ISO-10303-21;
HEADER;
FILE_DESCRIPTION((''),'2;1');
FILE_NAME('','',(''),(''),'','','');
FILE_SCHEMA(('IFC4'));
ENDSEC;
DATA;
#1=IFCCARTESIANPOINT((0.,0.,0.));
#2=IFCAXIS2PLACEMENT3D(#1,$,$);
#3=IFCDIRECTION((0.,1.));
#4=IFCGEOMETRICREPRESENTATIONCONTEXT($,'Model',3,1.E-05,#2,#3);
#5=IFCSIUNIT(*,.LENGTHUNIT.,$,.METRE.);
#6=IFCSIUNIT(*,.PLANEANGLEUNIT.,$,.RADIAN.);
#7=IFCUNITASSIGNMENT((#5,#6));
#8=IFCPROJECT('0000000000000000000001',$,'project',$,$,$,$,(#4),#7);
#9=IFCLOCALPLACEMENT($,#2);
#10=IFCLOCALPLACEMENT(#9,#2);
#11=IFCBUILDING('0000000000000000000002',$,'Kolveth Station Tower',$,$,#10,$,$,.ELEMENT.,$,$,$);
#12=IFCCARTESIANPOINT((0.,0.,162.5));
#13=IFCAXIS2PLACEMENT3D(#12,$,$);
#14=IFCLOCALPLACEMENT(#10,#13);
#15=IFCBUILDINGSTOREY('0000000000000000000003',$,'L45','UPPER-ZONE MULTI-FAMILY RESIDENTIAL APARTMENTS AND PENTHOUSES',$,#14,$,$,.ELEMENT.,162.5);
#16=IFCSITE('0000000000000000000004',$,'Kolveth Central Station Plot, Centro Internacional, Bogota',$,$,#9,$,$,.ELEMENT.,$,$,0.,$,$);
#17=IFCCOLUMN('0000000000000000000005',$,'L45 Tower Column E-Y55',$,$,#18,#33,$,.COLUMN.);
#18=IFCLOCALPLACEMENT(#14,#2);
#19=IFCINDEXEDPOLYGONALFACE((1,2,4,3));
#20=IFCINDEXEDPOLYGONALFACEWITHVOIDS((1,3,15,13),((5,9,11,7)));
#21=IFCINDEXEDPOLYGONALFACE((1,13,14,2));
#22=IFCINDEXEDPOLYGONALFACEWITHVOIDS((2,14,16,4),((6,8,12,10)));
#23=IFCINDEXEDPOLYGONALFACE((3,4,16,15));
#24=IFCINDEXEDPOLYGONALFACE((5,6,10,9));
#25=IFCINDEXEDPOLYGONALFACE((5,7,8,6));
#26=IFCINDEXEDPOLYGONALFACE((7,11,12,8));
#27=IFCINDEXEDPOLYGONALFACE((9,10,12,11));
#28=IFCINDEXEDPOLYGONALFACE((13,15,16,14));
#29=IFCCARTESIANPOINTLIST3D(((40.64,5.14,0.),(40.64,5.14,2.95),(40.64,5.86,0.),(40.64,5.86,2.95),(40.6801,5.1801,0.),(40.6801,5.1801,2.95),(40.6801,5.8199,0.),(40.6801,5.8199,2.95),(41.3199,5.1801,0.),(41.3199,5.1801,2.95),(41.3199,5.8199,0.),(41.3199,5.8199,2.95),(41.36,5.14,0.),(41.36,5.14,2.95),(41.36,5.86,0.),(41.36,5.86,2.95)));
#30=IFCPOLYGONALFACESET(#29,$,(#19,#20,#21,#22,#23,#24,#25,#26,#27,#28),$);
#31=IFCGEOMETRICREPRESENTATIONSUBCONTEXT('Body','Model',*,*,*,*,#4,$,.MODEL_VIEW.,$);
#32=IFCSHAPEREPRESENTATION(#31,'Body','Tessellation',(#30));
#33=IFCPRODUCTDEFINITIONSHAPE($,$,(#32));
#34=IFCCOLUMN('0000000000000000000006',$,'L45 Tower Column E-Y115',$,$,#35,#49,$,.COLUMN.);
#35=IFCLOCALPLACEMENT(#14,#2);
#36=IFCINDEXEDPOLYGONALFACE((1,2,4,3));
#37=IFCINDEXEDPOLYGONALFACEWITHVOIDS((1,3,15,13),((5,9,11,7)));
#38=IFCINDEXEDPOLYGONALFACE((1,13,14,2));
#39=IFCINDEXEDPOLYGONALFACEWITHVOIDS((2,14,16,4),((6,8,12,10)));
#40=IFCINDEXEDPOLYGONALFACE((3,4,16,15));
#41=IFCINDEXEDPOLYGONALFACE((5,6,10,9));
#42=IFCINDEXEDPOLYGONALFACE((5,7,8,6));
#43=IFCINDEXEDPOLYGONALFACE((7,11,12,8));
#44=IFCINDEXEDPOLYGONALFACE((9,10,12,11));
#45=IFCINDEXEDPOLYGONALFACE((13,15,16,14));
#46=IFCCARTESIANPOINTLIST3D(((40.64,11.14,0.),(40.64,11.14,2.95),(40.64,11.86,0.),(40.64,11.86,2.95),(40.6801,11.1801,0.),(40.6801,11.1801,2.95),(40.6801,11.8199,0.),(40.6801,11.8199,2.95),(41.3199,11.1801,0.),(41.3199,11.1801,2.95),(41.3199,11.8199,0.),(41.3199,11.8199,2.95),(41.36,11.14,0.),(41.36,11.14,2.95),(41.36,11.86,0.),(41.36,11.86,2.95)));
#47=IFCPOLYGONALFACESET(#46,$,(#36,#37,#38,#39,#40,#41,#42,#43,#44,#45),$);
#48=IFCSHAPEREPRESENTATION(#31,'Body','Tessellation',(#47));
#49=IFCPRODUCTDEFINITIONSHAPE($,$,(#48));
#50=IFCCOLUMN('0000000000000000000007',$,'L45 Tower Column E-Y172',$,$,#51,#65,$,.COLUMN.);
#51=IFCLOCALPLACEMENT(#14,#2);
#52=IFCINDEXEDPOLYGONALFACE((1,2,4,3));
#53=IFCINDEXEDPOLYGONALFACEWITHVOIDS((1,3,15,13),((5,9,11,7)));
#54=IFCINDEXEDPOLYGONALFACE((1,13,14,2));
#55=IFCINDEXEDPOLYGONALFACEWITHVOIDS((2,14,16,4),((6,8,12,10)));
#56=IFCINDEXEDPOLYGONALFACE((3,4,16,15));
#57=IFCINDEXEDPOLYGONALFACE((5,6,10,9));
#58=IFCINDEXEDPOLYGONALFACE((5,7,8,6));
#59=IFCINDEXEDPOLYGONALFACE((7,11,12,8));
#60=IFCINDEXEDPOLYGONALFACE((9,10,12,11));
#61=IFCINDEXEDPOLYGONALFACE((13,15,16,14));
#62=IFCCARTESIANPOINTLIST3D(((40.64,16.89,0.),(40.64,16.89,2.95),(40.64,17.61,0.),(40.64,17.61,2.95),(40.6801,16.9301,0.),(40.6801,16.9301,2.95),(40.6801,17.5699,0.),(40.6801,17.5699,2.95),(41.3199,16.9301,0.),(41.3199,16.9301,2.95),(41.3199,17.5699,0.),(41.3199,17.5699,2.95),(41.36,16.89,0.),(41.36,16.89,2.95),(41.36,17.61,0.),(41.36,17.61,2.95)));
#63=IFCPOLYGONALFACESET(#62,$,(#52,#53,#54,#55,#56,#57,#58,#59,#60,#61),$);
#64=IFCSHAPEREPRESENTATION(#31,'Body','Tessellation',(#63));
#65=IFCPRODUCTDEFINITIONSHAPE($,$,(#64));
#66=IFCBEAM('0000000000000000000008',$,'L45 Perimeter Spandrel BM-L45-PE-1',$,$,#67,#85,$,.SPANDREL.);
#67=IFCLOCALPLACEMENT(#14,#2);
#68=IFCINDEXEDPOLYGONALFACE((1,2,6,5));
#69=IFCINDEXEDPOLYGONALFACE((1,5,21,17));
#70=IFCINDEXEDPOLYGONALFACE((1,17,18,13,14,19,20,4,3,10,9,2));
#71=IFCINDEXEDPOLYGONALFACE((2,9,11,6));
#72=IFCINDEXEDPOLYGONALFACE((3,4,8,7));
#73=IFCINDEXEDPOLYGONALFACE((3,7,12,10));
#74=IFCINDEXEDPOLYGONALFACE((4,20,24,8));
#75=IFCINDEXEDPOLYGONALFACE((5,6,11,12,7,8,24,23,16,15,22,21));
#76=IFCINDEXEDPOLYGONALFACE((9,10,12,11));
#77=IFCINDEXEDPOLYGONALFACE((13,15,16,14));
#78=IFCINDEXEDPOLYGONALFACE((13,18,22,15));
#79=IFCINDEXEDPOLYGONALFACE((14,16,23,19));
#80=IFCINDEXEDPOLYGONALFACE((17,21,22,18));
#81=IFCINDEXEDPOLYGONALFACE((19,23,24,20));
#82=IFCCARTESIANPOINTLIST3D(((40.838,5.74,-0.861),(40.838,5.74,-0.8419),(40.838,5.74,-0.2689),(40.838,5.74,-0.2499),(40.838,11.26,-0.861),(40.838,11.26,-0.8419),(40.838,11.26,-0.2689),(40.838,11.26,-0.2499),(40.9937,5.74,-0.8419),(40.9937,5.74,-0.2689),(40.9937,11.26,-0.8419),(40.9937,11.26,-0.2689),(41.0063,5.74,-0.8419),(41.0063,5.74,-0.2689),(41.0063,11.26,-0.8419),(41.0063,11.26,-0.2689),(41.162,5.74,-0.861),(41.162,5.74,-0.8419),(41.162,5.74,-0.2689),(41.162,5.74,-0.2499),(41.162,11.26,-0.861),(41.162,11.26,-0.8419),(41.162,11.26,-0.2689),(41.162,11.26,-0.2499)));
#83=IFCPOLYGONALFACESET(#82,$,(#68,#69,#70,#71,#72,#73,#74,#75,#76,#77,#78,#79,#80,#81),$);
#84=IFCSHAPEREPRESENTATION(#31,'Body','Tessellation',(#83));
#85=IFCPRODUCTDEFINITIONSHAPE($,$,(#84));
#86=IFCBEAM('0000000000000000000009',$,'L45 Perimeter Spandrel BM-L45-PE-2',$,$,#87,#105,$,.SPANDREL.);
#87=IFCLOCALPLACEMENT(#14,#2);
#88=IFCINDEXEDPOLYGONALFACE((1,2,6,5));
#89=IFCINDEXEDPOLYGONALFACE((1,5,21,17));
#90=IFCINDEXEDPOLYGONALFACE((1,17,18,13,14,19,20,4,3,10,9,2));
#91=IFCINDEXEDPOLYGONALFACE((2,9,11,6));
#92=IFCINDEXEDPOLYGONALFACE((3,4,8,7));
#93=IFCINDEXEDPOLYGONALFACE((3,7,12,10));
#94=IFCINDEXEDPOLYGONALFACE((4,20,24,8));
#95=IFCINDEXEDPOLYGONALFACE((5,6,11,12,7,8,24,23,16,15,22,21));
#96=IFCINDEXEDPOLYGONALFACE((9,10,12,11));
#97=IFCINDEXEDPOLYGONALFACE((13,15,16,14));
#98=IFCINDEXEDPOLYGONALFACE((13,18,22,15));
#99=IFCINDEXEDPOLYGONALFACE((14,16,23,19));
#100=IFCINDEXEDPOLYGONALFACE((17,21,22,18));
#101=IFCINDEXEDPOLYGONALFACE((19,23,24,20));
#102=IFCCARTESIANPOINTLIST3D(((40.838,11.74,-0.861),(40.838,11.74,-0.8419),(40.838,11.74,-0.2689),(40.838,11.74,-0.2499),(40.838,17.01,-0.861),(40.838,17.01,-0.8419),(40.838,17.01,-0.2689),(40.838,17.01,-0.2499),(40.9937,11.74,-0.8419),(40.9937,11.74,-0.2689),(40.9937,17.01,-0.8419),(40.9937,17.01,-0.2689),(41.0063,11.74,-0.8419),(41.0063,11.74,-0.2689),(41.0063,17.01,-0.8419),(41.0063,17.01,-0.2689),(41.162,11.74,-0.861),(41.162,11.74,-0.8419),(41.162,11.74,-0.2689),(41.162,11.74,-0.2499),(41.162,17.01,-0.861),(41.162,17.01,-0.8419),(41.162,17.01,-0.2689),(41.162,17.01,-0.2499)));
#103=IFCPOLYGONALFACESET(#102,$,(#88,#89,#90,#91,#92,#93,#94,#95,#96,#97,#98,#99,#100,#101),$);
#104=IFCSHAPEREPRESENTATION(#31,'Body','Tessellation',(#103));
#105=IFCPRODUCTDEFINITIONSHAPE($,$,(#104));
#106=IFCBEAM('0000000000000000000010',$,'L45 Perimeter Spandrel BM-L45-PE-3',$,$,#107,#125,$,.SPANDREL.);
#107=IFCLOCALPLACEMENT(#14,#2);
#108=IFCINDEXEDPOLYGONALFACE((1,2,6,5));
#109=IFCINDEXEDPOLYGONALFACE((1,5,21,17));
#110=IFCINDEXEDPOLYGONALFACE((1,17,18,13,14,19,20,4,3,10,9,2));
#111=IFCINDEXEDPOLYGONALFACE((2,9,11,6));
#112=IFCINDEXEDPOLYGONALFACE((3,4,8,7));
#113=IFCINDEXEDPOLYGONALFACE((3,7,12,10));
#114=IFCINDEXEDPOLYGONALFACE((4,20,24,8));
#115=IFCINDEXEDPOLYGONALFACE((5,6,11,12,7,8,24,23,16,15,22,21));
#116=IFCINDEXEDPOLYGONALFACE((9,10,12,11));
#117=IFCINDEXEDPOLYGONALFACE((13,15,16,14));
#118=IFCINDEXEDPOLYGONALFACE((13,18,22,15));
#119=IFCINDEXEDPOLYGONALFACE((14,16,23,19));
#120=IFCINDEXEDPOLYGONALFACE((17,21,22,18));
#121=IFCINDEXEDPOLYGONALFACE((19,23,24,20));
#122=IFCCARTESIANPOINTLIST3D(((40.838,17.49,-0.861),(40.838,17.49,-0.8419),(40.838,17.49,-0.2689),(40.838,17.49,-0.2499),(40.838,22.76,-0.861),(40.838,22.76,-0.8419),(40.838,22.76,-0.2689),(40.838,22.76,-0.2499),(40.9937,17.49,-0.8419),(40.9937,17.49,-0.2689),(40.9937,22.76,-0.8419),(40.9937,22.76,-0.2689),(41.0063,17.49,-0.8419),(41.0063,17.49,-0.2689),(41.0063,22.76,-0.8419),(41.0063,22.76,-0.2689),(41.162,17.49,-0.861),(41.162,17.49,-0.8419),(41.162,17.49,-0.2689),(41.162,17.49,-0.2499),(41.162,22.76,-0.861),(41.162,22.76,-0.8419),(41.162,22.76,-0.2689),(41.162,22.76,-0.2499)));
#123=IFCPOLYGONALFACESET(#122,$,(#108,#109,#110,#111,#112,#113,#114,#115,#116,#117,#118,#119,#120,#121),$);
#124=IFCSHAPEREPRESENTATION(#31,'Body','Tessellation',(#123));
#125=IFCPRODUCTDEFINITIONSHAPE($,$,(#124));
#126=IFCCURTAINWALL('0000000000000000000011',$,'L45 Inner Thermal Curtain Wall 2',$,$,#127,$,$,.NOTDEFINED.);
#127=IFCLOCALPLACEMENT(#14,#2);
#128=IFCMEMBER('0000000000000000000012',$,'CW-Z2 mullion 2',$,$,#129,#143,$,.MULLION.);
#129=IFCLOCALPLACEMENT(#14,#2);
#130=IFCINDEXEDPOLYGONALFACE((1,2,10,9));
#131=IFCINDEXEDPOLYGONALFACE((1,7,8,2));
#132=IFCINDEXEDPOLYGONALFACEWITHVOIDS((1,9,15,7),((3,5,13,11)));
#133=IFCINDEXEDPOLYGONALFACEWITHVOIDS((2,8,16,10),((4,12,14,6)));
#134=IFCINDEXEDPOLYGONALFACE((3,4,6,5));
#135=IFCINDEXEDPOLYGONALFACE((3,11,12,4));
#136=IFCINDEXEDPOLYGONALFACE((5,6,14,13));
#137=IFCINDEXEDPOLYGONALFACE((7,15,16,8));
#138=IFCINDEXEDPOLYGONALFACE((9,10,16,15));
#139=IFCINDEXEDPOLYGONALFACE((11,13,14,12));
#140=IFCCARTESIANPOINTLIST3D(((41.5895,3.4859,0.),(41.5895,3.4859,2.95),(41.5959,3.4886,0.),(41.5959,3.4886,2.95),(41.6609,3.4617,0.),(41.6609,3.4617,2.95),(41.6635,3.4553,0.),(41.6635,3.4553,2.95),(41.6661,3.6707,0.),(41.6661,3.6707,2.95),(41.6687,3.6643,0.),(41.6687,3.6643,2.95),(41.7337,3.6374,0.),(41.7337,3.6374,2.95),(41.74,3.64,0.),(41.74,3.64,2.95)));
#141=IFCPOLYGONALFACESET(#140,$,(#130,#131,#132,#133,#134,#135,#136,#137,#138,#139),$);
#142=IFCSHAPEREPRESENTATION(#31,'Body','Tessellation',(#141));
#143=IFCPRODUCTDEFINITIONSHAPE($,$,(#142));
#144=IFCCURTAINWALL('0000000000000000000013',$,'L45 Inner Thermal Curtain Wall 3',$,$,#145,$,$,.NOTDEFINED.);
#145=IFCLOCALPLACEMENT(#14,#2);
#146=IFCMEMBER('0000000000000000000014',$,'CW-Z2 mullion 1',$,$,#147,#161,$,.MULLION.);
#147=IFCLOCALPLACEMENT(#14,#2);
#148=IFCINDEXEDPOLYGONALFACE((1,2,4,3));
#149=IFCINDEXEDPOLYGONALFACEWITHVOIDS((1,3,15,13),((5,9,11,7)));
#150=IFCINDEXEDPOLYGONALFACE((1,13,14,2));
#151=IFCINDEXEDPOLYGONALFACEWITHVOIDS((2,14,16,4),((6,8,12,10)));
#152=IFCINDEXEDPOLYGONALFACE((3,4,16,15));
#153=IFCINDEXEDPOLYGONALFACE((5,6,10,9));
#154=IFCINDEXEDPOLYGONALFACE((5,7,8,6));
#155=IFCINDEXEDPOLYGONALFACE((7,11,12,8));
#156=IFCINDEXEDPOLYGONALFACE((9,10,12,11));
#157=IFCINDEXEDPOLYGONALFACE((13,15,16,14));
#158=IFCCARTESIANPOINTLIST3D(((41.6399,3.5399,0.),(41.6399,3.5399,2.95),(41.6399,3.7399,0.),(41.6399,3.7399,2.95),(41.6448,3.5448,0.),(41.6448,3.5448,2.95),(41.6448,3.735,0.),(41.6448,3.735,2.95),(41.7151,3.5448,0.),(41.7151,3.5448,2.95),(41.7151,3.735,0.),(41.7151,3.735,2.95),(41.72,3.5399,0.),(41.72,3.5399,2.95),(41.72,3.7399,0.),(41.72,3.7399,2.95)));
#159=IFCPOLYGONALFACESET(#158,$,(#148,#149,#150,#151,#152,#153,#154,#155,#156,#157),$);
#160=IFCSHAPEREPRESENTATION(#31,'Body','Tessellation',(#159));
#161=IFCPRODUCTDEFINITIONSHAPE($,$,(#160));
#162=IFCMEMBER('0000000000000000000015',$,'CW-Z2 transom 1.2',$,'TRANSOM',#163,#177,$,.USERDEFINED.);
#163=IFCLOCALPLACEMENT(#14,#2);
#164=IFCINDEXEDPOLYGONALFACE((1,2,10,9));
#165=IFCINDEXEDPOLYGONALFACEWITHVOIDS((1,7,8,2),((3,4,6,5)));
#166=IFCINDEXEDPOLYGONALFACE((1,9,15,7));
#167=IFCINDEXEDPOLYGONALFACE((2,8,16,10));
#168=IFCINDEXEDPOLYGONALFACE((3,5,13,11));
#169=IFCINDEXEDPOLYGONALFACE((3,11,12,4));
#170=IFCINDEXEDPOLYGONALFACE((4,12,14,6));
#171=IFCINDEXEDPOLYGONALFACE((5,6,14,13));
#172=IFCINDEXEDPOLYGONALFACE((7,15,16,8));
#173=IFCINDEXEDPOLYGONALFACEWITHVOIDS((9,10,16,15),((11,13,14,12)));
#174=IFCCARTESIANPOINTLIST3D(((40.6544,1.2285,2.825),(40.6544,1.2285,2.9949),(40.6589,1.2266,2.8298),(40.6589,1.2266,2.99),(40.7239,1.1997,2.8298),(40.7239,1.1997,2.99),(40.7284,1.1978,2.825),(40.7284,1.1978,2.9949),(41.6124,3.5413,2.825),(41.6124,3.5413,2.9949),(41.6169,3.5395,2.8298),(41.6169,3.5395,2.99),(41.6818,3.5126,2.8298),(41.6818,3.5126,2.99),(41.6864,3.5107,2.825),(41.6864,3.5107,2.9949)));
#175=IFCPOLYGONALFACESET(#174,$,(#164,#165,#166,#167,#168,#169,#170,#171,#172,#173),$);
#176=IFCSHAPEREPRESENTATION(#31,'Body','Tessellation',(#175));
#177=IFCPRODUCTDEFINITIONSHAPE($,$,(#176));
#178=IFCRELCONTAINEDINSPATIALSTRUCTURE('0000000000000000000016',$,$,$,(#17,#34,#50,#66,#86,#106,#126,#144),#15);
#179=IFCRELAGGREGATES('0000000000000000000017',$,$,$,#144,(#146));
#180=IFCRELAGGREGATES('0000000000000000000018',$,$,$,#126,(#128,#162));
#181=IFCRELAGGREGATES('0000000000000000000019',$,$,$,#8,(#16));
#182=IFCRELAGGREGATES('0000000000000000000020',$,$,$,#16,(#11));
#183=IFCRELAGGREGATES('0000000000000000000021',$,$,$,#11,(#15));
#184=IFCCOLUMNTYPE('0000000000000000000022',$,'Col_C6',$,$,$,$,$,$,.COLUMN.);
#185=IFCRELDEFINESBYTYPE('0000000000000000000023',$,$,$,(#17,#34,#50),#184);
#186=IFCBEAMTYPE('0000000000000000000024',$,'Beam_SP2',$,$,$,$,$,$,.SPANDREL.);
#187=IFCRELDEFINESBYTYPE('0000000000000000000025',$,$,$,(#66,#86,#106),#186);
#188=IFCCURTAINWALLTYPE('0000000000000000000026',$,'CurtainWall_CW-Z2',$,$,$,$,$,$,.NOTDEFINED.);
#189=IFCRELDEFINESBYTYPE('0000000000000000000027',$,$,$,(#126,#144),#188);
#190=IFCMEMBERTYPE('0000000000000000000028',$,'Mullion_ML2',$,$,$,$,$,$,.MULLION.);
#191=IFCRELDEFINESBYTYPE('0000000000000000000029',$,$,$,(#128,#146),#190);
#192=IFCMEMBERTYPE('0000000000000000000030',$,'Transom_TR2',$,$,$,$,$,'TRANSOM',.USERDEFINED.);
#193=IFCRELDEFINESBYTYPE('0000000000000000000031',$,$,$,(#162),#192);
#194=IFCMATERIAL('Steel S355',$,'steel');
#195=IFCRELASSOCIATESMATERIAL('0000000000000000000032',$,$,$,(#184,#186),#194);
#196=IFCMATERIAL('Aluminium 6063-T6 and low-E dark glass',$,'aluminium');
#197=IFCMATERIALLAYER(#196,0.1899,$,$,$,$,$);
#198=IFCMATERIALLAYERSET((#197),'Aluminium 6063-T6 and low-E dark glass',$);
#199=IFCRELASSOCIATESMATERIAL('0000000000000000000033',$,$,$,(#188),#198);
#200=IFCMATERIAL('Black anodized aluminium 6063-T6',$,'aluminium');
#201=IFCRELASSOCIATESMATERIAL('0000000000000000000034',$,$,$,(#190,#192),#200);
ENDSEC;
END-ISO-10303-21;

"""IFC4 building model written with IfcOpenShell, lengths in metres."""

from ifc_helpers import new_model, si_unit, direction, frame, origin, origin_2d, place, context, subcontext, project, spatial, hollow_rectangle, i_section, extrude, source, transform, mapped, material, layer, layer_set, material_profile, profile_set, type_object, element, aggregate, save


model = new_model("IFC4")

# Units and contexts
model_context = context("Model", 3, precision=1e-05, world=origin(), true_north=direction((0.0, 1.0)))
body_context = subcontext(model_context, "Body", "Model", "MODEL_VIEW")
ifc_project = project(units=[si_unit("LENGTHUNIT", "METRE"), si_unit("PLANEANGLEUNIT", "RADIAN")], contexts=[model_context])

# Site, building, storey
site_placement = place(None, origin())
site = spatial("IfcSite", under=ifc_project, at=site_placement, Name="Kolveth Central Station Plot, Centro Internacional, Bogota", CompositionType="ELEMENT", RefElevation=0.0)
building_placement = place(site_placement, origin())
building = spatial("IfcBuilding", under=site, at=building_placement, Name="Kolveth Station Tower", CompositionType="ELEMENT")
storey_placement = place(building_placement, frame((0.0, 0.0, 162.5)))
storey = spatial("IfcBuildingStorey", under=building, at=storey_placement, Name="L45", Description="UPPER-ZONE MULTI-FAMILY RESIDENTIAL APARTMENTS AND PENTHOUSES", CompositionType="ELEMENT", Elevation=162.5)

# Columns
ifc_material_1 = material(Name="Steel S355", Category="steel")
ifc_material_profile_1 = material_profile(ifc_material_1, hollow_rectangle(XDim=0.72, YDim=0.72, WallThickness=0.04, at=origin_2d()), Name="BOX720x720x40")
ifc_profile_set_1 = profile_set([ifc_material_profile_1], Name="Steel S355")
column_type = type_object("IfcColumnType", Name="Col_C6", PredefinedType="COLUMN", material=ifc_profile_set_1)
shared_shape_1 = source(origin(), body_context, "Body", "SweptSolid", [
    extrude(hollow_rectangle(XDim=0.72, YDim=0.72, WallThickness=0.04, at=origin_2d()), origin(), (0.0, 0.0, 1.0), 2.95),
])
for number, where, z_axis, x_axis, name in (
    (1, (41.0, 5.5, 0.0), (0.0, 0.0, 1.0), (1.0, 0.0, 0.0), "L45 Tower Column E-Y55"),
    (2, (41.0, 11.5, 0.0), (0.0, 0.0, 1.0), (1.0, 0.0, 0.0), "L45 Tower Column E-Y115"),
    (3, (41.0, 17.25, 0.0), (0.0, 0.0, 1.0), (1.0, 0.0, 0.0), "L45 Tower Column E-Y172"),
):
    element("IfcColumn", number, at=place(storey_placement, frame(where, z_axis=z_axis, x_axis=x_axis)), inside=storey, type_object=column_type, Name=name, PredefinedType="COLUMN", context=body_context, shape_type="MappedRepresentation", body=[
        mapped(shared_shape_1, transform((0.0, 0.0, 0.0), x_axis=(1.0, 0.0, 0.0), y_axis=(0.0, 1.0, 0.0), z_axis=(0.0, 0.0, 1.0), scale=1.0)),
    ])

# Beams
ifc_material_profile_2 = material_profile(ifc_material_1, i_section(OverallWidth=0.324, OverallDepth=0.6111, WebThickness=0.0127, FlangeThickness=0.019, at=origin_2d()), Name="W610x155")
ifc_profile_set_2 = profile_set([ifc_material_profile_2], Name="Steel S355")
beam_type = type_object("IfcBeamType", Name="Beam_SP2", PredefinedType="SPANDREL", material=ifc_profile_set_2)
shared_shape_2 = source(origin(), body_context, "Body", "SweptSolid", [
    extrude(i_section(OverallWidth=0.324, OverallDepth=0.6111, WebThickness=0.0127, FlangeThickness=0.019, at=origin_2d()), origin(), (0.0, 0.0, 1.0), 5.52),
])
beam_placement = place(storey_placement, frame((41.0, 5.74, -0.5554), z_axis=(0.0, 1.0, 0.0), x_axis=(-1.0, 0.0, 0.0)))
element("IfcBeam", 4, at=beam_placement, inside=storey, type_object=beam_type, Name="L45 Perimeter Spandrel BM-L45-PE-1", PredefinedType="SPANDREL", context=body_context, shape_type="MappedRepresentation", body=[
    mapped(shared_shape_2, transform((0.0, 0.0, 0.0), x_axis=(1.0, 0.0, 0.0), y_axis=(0.0, 1.0, 0.0), z_axis=(0.0, 0.0, 1.0), scale=1.0)),
])
shared_shape_3 = source(origin(), body_context, "Body", "SweptSolid", [
    extrude(i_section(OverallWidth=0.324, OverallDepth=0.6111, WebThickness=0.0127, FlangeThickness=0.019, at=origin_2d()), origin(), (0.0, 0.0, 1.0), 5.27),
])
for number, where, z_axis, x_axis, name in (
    (5, (41.0, 11.74, -0.5554), (0.0, 1.0, 0.0), (-1.0, 0.0, 0.0), "L45 Perimeter Spandrel BM-L45-PE-2"),
    (6, (41.0, 17.49, -0.5554), (0.0, 1.0, 0.0), (-1.0, 0.0, 0.0), "L45 Perimeter Spandrel BM-L45-PE-3"),
):
    element("IfcBeam", number, at=place(storey_placement, frame(where, z_axis=z_axis, x_axis=x_axis)), inside=storey, type_object=beam_type, Name=name, PredefinedType="SPANDREL", context=body_context, shape_type="MappedRepresentation", body=[
        mapped(shared_shape_3, transform((0.0, 0.0, 0.0), x_axis=(1.0, 0.0, 0.0), y_axis=(0.0, 1.0, 0.0), z_axis=(0.0, 0.0, 1.0), scale=1.0)),
    ])

# Curtain walls, members
ifc_material_2 = material(Name="Aluminium 6063-T6 and low-E dark glass", Category="aluminium")
ifc_layer_1 = layer(ifc_material_2, 0.1899)
ifc_layer_set_1 = layer_set([ifc_layer_1], Name="Aluminium 6063-T6 and low-E dark glass")
curtain_wall_type_1 = type_object("IfcCurtainWallType", Name="CurtainWall_CW-Z2", PredefinedType="NOTDEFINED", material=ifc_layer_set_1)
curtain_wall_1_placement = place(storey_placement, origin())
curtain_wall_1 = element("IfcCurtainWall", 7, at=curtain_wall_1_placement, inside=storey, type_object=curtain_wall_type_1, Name="L45 Inner Thermal Curtain Wall 2", PredefinedType="NOTDEFINED")
ifc_material_3 = material(Name="Black anodized aluminium 6063-T6", Category="aluminium")
ifc_material_profile_3 = material_profile(ifc_material_3, hollow_rectangle(XDim=0.0801, YDim=0.2, WallThickness=0.0049, at=origin_2d()), Name="ALU-80x200x5")
ifc_profile_set_3 = profile_set([ifc_material_profile_3], Name="Black anodized aluminium 6063-T6")
member_type_1 = type_object("IfcMemberType", Name="Mullion_ML2", PredefinedType="MULLION", material=ifc_profile_set_3)
shared_shape_4 = source(origin(), body_context, "Body", "SweptSolid", [
    extrude(hollow_rectangle(XDim=0.0801, YDim=0.2, WallThickness=0.0049, at=origin_2d()), origin(), (0.0, 0.0, 1.0), 2.95),
])
member_1_placement = place(storey_placement, frame((41.6648, 3.563, 0.0), z_axis=(0.0, 0.0, 1.0), x_axis=(-0.923874, 0.382698, 0.0)))
member_1 = element("IfcMember", 8, at=member_1_placement, type_object=member_type_1, Name="CW-Z2 mullion 2", PredefinedType="MULLION", context=body_context, shape_type="MappedRepresentation", body=[
    mapped(shared_shape_4, transform((0.0, 0.0, 0.0), x_axis=(1.0, 0.0, 0.0), y_axis=(0.0, 1.0, 0.0), z_axis=(0.0, 0.0, 1.0), scale=1.0)),
])
curtain_wall_2_placement = place(storey_placement, origin())
curtain_wall_2 = element("IfcCurtainWall", 9, at=curtain_wall_2_placement, inside=storey, type_object=curtain_wall_type_1, Name="L45 Inner Thermal Curtain Wall 3", PredefinedType="NOTDEFINED")
member_2_placement = place(storey_placement, frame((41.6799, 3.6399, 0.0), z_axis=(0.0, 0.0, 1.0), x_axis=(-1.0, 0.0, 0.0)))
member_2 = element("IfcMember", 10, at=member_2_placement, type_object=member_type_1, Name="CW-Z2 mullion 1", PredefinedType="MULLION", context=body_context, shape_type="MappedRepresentation", body=[
    mapped(shared_shape_4, transform((0.0, 0.0, 0.0), x_axis=(1.0, 0.0, 0.0), y_axis=(0.0, 1.0, 0.0), z_axis=(0.0, 0.0, 1.0), scale=1.0)),
])

# Member
ifc_material_profile_4 = material_profile(ifc_material_3, hollow_rectangle(XDim=0.0801, YDim=0.1699, WallThickness=0.0049, at=origin_2d()), Name="ALU-80x170x5")
ifc_profile_set_4 = profile_set([ifc_material_profile_4], Name="Black anodized aluminium 6063-T6")
member_type_2 = type_object("IfcMemberType", Name="Transom_TR2", ElementType="TRANSOM", PredefinedType="USERDEFINED", material=ifc_profile_set_4)
shared_shape_5 = source(origin(), body_context, "Body", "SweptSolid", [
    extrude(hollow_rectangle(XDim=0.0801, YDim=0.1699, WallThickness=0.0049, at=origin_2d()), origin(), (0.0, 0.0, 1.0), 2.5034),
])
member_3_placement = place(storey_placement, frame((40.6914, 1.2131, 2.9099), z_axis=(0.382662, 0.923888, 0.0), x_axis=(-0.923888, 0.382662, 0.0)))
member_3 = element("IfcMember", 11, at=member_3_placement, type_object=member_type_2, Name="CW-Z2 transom 1.2", ObjectType="TRANSOM", PredefinedType="USERDEFINED", context=body_context, shape_type="MappedRepresentation", body=[
    mapped(shared_shape_5, transform((0.0, 0.0, 0.0), x_axis=(1.0, 0.0, 0.0), y_axis=(0.0, 1.0, 0.0), z_axis=(0.0, 0.0, 1.0), scale=1.0)),
])
aggregate(curtain_wall_2, [member_2])

aggregate(curtain_wall_1, [member_1, member_3])

save(model, "model.ifc")
